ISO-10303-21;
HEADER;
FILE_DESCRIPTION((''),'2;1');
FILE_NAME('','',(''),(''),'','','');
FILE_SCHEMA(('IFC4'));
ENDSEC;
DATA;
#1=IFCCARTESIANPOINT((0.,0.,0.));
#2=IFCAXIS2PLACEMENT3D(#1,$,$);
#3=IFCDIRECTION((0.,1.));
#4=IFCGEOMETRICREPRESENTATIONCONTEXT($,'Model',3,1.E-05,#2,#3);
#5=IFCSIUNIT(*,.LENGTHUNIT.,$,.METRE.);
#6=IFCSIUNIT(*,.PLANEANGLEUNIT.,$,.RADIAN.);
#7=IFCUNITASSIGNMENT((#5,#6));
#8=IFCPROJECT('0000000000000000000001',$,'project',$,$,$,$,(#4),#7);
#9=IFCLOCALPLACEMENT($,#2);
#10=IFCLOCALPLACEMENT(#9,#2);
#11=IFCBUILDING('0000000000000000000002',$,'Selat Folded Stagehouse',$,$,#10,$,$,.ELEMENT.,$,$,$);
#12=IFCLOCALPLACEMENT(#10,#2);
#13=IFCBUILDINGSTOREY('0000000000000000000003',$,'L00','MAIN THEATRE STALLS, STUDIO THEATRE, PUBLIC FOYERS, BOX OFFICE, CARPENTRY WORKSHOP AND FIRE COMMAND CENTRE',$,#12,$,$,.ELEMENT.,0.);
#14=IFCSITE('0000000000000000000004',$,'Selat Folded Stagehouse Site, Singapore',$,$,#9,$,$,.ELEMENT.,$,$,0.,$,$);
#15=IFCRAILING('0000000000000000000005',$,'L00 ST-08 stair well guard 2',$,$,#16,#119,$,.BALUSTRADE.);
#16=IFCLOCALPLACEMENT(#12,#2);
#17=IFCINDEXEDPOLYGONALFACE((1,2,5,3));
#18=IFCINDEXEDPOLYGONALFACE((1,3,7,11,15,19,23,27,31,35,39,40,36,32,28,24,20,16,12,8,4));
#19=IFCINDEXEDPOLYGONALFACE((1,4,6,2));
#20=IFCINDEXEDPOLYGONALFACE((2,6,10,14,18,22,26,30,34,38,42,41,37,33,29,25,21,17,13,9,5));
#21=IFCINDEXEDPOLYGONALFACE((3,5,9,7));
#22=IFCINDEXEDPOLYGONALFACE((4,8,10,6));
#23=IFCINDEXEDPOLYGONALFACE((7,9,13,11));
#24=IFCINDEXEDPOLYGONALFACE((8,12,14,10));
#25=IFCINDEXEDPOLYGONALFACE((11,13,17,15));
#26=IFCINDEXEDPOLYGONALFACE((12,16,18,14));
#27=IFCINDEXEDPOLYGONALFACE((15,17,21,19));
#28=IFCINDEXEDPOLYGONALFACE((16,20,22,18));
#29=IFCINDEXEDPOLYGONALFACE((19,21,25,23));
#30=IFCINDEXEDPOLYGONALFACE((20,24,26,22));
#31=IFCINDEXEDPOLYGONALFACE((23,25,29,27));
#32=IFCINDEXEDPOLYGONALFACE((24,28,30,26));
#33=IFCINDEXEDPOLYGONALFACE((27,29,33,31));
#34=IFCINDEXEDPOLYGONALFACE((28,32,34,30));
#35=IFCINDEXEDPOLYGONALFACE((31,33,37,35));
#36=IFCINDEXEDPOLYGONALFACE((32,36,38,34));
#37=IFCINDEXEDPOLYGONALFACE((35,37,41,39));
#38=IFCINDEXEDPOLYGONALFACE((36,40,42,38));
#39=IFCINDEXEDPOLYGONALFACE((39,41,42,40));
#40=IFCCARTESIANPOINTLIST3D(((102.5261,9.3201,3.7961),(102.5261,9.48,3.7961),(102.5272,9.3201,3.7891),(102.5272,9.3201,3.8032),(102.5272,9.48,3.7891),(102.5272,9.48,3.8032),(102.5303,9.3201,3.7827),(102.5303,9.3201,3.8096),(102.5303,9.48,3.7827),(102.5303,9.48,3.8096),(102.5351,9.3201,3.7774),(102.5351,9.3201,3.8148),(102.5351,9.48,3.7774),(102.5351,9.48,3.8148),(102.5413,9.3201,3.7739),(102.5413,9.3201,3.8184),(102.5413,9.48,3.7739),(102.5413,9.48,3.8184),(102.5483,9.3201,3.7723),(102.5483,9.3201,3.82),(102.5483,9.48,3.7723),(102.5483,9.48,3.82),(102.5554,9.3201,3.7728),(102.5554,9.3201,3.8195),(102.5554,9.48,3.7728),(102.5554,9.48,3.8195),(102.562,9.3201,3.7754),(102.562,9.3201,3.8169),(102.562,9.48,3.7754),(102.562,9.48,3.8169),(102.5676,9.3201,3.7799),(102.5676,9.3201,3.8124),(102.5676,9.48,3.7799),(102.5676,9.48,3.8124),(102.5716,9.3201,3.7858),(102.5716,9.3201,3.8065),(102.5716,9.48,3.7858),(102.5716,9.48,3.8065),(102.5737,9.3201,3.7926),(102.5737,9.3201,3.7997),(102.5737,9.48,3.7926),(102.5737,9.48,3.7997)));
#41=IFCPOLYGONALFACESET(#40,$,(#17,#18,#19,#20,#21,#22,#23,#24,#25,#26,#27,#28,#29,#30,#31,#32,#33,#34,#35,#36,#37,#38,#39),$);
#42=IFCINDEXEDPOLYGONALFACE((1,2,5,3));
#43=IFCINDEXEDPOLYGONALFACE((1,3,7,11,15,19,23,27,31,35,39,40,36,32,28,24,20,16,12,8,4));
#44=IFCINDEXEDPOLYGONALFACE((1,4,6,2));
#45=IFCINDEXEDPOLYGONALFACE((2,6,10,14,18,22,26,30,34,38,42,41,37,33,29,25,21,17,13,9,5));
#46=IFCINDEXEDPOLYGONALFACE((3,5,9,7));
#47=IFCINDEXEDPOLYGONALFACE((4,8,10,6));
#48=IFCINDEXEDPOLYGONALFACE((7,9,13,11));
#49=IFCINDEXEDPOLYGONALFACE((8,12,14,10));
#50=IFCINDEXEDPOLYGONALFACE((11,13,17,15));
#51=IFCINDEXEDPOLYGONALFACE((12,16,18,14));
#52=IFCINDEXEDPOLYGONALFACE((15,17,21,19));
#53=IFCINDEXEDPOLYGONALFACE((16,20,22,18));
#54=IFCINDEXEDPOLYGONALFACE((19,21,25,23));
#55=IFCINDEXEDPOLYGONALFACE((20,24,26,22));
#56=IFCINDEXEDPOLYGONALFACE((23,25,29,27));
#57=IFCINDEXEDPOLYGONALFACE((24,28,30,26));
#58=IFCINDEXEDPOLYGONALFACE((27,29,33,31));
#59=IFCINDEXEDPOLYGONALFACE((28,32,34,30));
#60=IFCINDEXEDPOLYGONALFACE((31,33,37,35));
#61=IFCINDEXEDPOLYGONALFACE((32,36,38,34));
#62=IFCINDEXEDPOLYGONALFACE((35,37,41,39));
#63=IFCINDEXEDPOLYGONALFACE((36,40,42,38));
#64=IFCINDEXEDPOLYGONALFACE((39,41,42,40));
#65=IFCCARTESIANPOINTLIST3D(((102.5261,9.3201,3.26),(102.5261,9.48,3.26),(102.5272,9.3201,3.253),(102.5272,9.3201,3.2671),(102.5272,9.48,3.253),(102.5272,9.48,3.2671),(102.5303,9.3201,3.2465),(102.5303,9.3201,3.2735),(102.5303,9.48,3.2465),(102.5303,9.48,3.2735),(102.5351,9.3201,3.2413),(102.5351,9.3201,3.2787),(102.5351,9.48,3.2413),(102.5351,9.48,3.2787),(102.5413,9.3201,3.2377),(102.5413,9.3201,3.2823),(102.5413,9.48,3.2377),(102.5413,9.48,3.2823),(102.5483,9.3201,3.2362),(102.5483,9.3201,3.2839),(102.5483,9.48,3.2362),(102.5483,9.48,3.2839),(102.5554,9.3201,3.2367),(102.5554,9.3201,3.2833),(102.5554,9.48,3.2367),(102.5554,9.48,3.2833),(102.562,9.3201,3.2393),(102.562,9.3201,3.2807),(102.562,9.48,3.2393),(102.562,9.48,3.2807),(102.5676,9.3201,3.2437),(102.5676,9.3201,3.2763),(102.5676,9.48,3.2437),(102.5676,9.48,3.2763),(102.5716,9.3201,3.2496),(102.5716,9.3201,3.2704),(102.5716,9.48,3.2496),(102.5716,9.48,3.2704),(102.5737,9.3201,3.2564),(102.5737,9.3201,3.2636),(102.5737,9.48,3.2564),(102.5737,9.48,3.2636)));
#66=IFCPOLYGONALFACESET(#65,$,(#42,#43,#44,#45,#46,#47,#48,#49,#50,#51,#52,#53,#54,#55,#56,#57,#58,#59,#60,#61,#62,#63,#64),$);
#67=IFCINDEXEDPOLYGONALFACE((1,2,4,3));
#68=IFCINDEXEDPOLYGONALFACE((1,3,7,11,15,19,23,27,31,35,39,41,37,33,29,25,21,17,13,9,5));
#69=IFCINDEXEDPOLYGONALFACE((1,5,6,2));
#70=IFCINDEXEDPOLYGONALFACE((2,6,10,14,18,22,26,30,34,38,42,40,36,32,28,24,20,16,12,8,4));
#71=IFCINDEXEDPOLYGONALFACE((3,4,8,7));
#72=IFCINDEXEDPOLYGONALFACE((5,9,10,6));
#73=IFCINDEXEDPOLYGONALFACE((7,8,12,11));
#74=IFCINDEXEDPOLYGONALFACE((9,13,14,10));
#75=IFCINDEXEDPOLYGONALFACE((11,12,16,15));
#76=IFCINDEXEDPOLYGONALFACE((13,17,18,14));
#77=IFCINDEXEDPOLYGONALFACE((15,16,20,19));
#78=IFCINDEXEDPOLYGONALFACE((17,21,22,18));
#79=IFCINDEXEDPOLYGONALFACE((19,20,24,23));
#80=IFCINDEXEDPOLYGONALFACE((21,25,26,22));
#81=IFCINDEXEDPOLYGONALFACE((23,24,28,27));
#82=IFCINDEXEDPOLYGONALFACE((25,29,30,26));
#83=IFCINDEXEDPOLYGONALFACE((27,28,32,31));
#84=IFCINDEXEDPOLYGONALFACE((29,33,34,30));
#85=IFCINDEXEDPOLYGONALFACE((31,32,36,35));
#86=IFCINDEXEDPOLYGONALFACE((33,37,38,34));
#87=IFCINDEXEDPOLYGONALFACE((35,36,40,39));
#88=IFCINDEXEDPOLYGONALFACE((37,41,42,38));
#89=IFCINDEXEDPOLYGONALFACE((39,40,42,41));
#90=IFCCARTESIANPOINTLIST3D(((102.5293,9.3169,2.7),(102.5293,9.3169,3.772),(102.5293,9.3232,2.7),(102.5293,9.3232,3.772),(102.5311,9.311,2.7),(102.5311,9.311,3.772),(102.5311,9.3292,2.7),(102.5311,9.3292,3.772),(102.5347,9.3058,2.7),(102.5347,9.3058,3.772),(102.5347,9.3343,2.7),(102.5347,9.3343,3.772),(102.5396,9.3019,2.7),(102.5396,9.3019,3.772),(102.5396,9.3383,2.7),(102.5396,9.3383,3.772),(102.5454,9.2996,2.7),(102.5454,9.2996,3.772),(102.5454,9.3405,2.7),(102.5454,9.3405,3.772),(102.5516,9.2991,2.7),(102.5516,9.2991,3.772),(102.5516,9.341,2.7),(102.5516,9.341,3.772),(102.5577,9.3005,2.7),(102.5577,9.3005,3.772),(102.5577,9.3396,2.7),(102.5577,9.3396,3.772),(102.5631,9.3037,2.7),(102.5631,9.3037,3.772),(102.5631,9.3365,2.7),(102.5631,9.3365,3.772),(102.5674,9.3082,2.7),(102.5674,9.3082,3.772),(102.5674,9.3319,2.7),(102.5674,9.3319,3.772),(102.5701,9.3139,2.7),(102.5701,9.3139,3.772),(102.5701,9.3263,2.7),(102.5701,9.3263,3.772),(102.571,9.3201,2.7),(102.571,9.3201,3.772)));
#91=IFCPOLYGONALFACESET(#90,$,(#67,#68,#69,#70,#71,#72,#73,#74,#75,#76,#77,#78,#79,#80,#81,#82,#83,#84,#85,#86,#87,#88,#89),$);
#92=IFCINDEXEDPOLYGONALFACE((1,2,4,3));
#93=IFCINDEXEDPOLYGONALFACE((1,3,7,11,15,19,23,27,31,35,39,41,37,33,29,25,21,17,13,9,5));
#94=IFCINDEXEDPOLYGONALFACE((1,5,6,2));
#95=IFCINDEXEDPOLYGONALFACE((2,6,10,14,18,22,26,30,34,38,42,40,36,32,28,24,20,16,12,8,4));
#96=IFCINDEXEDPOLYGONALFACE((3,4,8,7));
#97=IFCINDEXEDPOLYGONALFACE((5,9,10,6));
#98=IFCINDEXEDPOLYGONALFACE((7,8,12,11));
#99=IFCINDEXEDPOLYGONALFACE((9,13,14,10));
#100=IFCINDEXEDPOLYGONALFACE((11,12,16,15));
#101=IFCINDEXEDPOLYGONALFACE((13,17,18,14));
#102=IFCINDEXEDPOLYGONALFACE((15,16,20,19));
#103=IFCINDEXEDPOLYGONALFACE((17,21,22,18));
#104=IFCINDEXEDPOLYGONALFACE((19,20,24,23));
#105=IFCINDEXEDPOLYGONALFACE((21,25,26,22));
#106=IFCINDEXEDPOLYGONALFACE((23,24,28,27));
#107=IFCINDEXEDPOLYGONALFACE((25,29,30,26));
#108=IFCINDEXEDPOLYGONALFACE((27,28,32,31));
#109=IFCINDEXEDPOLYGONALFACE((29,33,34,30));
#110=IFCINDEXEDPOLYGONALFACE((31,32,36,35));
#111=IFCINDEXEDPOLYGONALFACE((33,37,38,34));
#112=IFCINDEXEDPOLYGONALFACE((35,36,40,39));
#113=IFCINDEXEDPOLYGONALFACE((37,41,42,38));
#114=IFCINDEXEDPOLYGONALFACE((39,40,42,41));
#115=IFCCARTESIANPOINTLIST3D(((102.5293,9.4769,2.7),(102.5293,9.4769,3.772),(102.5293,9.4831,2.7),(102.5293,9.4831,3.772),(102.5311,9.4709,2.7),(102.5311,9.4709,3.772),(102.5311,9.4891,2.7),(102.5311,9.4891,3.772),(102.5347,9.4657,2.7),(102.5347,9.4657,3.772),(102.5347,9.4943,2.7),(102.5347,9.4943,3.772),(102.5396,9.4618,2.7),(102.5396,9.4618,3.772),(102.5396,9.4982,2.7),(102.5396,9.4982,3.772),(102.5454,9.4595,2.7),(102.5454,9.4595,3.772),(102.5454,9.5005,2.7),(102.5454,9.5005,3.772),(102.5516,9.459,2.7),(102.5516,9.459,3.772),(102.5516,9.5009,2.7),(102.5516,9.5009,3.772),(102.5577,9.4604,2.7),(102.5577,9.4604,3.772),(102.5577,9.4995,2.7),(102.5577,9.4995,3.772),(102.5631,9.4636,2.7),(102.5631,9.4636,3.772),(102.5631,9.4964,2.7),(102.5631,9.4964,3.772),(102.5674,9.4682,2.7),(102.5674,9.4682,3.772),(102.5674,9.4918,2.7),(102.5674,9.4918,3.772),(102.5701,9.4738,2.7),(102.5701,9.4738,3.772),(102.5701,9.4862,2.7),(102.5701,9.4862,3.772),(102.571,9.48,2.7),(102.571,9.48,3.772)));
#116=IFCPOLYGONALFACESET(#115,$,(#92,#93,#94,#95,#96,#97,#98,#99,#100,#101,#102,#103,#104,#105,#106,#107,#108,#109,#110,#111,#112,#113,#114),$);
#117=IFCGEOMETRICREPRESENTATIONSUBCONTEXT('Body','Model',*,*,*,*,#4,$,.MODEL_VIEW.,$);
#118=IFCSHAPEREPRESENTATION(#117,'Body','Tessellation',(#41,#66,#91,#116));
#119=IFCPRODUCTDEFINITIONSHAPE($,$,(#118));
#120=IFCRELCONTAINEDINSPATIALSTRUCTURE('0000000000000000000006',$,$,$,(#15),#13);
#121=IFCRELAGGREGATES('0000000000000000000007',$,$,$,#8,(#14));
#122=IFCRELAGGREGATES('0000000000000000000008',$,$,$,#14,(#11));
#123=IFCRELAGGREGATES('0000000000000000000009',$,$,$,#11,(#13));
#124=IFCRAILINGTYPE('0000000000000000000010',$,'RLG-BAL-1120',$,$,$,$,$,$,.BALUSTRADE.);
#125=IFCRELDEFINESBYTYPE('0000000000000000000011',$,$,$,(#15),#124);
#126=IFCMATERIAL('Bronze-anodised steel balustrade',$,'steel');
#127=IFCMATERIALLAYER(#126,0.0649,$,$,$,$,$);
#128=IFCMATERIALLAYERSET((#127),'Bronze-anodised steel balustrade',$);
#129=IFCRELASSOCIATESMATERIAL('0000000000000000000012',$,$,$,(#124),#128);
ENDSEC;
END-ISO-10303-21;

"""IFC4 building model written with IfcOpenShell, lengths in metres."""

from ifc_helpers import new_model, si_unit, direction, frame, origin, origin_2d, place, context, subcontext, project, spatial, circle, extrude, material, layer, layer_set, type_object, element, save


model = new_model("IFC4")

# Units and contexts
model_context = context("Model", 3, precision=1e-05, world=origin(), true_north=direction((0.0, 1.0)))
body_context = subcontext(model_context, "Body", "Model", "MODEL_VIEW")
ifc_project = project(units=[si_unit("LENGTHUNIT", "METRE"), si_unit("PLANEANGLEUNIT", "RADIAN")], contexts=[model_context])

# Site, building, storey
site_placement = place(None, origin())
site = spatial("IfcSite", under=ifc_project, at=site_placement, Name="Selat Folded Stagehouse Site, Singapore", CompositionType="ELEMENT", RefElevation=0.0)
building_placement = place(site_placement, origin())
building = spatial("IfcBuilding", under=site, at=building_placement, Name="Selat Folded Stagehouse", CompositionType="ELEMENT")
storey_placement = place(building_placement, origin())
storey = spatial("IfcBuildingStorey", under=building, at=storey_placement, Name="L00", Description="MAIN THEATRE STALLS, STUDIO THEATRE, PUBLIC FOYERS, BOX OFFICE, CARPENTRY WORKSHOP AND FIRE COMMAND CENTRE", CompositionType="ELEMENT", Elevation=0.0)

# Railing
ifc_material_1 = material(Name="Bronze-anodised steel balustrade", Category="steel")
ifc_layer_1 = layer(ifc_material_1, 0.0649)
ifc_layer_set_1 = layer_set([ifc_layer_1], Name="Bronze-anodised steel balustrade")
railing_type_1 = type_object("IfcRailingType", Name="RLG-BAL-1120", PredefinedType="BALUSTRADE", material=ifc_layer_set_1)
railing_1_placement = place(storey_placement, frame((102.55, 9.3201, 2.7)))
element("IfcRailing", 1, at=railing_1_placement, inside=storey, type_object=railing_type_1, Name="L00 ST-08 stair well guard 2", PredefinedType="BALUSTRADE", context=body_context, shape_type="SweptSolid", body=[
    extrude(circle(Radius=0.0239, at=origin_2d()), frame((0.0, 0.0, 1.0962), z_axis=(0.0, 1.0, 0.0), x_axis=(-1.0, 0.0, 0.0)), (0.0, 0.0, 1.0), 0.1599),
    extrude(circle(Radius=0.0239, at=origin_2d()), frame((0.0, 0.0, 0.5601), z_axis=(0.0, 1.0, 0.0), x_axis=(-1.0, 0.0, 0.0)), (0.0, 0.0, 1.0), 0.1599),
    extrude(circle(Radius=0.021, at=origin_2d()), origin(), (0.0, 0.0, 1.0), 1.072),
    extrude(circle(Radius=0.021, at=origin_2d()), frame((0.0, 0.1599, 0.0)), (0.0, 0.0, 1.0), 1.072),
])

save(model, "model.ifc")
